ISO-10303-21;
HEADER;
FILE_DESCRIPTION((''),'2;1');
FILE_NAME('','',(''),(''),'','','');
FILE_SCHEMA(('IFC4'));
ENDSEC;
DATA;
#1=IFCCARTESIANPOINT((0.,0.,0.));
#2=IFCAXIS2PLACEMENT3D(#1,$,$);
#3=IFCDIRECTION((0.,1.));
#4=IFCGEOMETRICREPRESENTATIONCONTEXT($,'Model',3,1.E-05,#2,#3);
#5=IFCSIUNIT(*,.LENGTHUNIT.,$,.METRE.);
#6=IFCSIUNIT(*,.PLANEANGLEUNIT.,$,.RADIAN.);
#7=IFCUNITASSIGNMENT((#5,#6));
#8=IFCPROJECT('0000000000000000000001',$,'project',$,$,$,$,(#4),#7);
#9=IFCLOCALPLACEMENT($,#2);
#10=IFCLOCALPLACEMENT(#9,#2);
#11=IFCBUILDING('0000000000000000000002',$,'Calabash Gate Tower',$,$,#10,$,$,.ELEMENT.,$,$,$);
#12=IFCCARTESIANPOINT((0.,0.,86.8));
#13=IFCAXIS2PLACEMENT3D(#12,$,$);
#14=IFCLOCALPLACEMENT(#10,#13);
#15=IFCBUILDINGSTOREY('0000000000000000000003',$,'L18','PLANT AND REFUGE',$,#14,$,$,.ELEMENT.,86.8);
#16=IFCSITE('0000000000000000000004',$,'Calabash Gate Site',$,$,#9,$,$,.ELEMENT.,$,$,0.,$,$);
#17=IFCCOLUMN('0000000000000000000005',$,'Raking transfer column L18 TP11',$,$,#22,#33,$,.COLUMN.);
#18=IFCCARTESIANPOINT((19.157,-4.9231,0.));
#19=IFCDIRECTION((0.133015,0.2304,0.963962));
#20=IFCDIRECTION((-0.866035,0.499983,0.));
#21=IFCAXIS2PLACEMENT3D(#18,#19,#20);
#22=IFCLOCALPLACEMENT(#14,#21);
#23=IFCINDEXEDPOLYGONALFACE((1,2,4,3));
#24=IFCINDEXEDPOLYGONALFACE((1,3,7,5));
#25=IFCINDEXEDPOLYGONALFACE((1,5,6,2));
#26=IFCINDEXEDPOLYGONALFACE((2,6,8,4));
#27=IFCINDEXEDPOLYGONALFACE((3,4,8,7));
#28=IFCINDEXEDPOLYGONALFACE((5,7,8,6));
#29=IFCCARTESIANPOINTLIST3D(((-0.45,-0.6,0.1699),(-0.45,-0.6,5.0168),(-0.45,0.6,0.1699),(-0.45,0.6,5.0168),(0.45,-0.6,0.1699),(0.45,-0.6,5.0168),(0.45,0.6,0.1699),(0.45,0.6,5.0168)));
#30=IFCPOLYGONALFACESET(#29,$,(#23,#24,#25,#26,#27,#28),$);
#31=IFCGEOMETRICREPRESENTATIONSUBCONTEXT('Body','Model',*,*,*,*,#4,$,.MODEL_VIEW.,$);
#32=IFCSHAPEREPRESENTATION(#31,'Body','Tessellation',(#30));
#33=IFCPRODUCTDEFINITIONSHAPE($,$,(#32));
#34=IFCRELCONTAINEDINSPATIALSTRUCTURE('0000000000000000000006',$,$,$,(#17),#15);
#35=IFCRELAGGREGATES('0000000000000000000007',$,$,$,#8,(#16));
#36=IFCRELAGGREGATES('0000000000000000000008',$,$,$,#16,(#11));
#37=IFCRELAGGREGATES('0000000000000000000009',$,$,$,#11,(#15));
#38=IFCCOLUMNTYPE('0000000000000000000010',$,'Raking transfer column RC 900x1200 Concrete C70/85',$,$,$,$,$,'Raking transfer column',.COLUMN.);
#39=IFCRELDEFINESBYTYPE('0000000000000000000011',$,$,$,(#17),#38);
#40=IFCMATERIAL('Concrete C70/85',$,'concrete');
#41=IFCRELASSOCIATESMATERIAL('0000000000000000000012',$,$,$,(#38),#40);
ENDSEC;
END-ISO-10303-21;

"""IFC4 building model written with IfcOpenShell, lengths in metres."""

from ifc_helpers import new_model, si_unit, direction, frame, origin, origin_2d, place, context, subcontext, project, spatial, rectangle, extrude, clip, halfspace, material, material_profile, profile_set, type_object, element, save


model = new_model("IFC4")

# Units and contexts
model_context = context("Model", 3, precision=1e-05, world=origin(), true_north=direction((0.0, 1.0)))
body_context = subcontext(model_context, "Body", "Model", "MODEL_VIEW")
ifc_project = project(units=[si_unit("LENGTHUNIT", "METRE"), si_unit("PLANEANGLEUNIT", "RADIAN")], contexts=[model_context])

# Site, building, storey
site_placement = place(None, origin())
site = spatial("IfcSite", under=ifc_project, at=site_placement, Name="Calabash Gate Site", CompositionType="ELEMENT", RefElevation=0.0)
building_placement = place(site_placement, origin())
building = spatial("IfcBuilding", under=site, at=building_placement, Name="Calabash Gate Tower", CompositionType="ELEMENT")
storey_placement = place(building_placement, frame((0.0, 0.0, 86.8)))
storey = spatial("IfcBuildingStorey", under=building, at=storey_placement, Name="L18", Description="PLANT AND REFUGE", CompositionType="ELEMENT", Elevation=86.8)

# Column
ifc_material_1 = material(Name="Concrete C70/85", Category="concrete")
ifc_material_profile_1 = material_profile(ifc_material_1, rectangle(XDim=0.8999, YDim=1.2, at=origin_2d()))
ifc_profile_set_1 = profile_set([ifc_material_profile_1], Name="Concrete C70/85")
column_type_1 = type_object("IfcColumnType", Name="Raking transfer column RC 900x1200 Concrete C70/85", ElementType="Raking transfer column", PredefinedType="COLUMN", material=ifc_profile_set_1)
column_1_placement = place(storey_placement, frame((19.157, -4.9231, 0.0), z_axis=(0.133015, 0.2304, 0.963962), x_axis=(-0.866035, 0.499983, 0.0)))
element("IfcColumn", 1, at=column_1_placement, inside=storey, type_object=column_type_1, Name="Raking transfer column L18 TP11", PredefinedType="COLUMN", context=body_context, shape_type="Clipping", body=[
    clip(clip(extrude(rectangle(XDim=0.8999, YDim=1.2, at=origin_2d()), origin(), (0.0, 0.0, 1.0), 5.187), halfspace(frame((0.0, 0.0, 0.1699), z_axis=(0.0, 0.0, 1.0), x_axis=(1.0, 0.0, 0.0)), True)), halfspace(frame((0.0, 0.0, 5.0168), z_axis=(0.0, 0.0, 1.0), x_axis=(1.0, 0.0, 0.0)), False)),
])

save(model, "model.ifc")
